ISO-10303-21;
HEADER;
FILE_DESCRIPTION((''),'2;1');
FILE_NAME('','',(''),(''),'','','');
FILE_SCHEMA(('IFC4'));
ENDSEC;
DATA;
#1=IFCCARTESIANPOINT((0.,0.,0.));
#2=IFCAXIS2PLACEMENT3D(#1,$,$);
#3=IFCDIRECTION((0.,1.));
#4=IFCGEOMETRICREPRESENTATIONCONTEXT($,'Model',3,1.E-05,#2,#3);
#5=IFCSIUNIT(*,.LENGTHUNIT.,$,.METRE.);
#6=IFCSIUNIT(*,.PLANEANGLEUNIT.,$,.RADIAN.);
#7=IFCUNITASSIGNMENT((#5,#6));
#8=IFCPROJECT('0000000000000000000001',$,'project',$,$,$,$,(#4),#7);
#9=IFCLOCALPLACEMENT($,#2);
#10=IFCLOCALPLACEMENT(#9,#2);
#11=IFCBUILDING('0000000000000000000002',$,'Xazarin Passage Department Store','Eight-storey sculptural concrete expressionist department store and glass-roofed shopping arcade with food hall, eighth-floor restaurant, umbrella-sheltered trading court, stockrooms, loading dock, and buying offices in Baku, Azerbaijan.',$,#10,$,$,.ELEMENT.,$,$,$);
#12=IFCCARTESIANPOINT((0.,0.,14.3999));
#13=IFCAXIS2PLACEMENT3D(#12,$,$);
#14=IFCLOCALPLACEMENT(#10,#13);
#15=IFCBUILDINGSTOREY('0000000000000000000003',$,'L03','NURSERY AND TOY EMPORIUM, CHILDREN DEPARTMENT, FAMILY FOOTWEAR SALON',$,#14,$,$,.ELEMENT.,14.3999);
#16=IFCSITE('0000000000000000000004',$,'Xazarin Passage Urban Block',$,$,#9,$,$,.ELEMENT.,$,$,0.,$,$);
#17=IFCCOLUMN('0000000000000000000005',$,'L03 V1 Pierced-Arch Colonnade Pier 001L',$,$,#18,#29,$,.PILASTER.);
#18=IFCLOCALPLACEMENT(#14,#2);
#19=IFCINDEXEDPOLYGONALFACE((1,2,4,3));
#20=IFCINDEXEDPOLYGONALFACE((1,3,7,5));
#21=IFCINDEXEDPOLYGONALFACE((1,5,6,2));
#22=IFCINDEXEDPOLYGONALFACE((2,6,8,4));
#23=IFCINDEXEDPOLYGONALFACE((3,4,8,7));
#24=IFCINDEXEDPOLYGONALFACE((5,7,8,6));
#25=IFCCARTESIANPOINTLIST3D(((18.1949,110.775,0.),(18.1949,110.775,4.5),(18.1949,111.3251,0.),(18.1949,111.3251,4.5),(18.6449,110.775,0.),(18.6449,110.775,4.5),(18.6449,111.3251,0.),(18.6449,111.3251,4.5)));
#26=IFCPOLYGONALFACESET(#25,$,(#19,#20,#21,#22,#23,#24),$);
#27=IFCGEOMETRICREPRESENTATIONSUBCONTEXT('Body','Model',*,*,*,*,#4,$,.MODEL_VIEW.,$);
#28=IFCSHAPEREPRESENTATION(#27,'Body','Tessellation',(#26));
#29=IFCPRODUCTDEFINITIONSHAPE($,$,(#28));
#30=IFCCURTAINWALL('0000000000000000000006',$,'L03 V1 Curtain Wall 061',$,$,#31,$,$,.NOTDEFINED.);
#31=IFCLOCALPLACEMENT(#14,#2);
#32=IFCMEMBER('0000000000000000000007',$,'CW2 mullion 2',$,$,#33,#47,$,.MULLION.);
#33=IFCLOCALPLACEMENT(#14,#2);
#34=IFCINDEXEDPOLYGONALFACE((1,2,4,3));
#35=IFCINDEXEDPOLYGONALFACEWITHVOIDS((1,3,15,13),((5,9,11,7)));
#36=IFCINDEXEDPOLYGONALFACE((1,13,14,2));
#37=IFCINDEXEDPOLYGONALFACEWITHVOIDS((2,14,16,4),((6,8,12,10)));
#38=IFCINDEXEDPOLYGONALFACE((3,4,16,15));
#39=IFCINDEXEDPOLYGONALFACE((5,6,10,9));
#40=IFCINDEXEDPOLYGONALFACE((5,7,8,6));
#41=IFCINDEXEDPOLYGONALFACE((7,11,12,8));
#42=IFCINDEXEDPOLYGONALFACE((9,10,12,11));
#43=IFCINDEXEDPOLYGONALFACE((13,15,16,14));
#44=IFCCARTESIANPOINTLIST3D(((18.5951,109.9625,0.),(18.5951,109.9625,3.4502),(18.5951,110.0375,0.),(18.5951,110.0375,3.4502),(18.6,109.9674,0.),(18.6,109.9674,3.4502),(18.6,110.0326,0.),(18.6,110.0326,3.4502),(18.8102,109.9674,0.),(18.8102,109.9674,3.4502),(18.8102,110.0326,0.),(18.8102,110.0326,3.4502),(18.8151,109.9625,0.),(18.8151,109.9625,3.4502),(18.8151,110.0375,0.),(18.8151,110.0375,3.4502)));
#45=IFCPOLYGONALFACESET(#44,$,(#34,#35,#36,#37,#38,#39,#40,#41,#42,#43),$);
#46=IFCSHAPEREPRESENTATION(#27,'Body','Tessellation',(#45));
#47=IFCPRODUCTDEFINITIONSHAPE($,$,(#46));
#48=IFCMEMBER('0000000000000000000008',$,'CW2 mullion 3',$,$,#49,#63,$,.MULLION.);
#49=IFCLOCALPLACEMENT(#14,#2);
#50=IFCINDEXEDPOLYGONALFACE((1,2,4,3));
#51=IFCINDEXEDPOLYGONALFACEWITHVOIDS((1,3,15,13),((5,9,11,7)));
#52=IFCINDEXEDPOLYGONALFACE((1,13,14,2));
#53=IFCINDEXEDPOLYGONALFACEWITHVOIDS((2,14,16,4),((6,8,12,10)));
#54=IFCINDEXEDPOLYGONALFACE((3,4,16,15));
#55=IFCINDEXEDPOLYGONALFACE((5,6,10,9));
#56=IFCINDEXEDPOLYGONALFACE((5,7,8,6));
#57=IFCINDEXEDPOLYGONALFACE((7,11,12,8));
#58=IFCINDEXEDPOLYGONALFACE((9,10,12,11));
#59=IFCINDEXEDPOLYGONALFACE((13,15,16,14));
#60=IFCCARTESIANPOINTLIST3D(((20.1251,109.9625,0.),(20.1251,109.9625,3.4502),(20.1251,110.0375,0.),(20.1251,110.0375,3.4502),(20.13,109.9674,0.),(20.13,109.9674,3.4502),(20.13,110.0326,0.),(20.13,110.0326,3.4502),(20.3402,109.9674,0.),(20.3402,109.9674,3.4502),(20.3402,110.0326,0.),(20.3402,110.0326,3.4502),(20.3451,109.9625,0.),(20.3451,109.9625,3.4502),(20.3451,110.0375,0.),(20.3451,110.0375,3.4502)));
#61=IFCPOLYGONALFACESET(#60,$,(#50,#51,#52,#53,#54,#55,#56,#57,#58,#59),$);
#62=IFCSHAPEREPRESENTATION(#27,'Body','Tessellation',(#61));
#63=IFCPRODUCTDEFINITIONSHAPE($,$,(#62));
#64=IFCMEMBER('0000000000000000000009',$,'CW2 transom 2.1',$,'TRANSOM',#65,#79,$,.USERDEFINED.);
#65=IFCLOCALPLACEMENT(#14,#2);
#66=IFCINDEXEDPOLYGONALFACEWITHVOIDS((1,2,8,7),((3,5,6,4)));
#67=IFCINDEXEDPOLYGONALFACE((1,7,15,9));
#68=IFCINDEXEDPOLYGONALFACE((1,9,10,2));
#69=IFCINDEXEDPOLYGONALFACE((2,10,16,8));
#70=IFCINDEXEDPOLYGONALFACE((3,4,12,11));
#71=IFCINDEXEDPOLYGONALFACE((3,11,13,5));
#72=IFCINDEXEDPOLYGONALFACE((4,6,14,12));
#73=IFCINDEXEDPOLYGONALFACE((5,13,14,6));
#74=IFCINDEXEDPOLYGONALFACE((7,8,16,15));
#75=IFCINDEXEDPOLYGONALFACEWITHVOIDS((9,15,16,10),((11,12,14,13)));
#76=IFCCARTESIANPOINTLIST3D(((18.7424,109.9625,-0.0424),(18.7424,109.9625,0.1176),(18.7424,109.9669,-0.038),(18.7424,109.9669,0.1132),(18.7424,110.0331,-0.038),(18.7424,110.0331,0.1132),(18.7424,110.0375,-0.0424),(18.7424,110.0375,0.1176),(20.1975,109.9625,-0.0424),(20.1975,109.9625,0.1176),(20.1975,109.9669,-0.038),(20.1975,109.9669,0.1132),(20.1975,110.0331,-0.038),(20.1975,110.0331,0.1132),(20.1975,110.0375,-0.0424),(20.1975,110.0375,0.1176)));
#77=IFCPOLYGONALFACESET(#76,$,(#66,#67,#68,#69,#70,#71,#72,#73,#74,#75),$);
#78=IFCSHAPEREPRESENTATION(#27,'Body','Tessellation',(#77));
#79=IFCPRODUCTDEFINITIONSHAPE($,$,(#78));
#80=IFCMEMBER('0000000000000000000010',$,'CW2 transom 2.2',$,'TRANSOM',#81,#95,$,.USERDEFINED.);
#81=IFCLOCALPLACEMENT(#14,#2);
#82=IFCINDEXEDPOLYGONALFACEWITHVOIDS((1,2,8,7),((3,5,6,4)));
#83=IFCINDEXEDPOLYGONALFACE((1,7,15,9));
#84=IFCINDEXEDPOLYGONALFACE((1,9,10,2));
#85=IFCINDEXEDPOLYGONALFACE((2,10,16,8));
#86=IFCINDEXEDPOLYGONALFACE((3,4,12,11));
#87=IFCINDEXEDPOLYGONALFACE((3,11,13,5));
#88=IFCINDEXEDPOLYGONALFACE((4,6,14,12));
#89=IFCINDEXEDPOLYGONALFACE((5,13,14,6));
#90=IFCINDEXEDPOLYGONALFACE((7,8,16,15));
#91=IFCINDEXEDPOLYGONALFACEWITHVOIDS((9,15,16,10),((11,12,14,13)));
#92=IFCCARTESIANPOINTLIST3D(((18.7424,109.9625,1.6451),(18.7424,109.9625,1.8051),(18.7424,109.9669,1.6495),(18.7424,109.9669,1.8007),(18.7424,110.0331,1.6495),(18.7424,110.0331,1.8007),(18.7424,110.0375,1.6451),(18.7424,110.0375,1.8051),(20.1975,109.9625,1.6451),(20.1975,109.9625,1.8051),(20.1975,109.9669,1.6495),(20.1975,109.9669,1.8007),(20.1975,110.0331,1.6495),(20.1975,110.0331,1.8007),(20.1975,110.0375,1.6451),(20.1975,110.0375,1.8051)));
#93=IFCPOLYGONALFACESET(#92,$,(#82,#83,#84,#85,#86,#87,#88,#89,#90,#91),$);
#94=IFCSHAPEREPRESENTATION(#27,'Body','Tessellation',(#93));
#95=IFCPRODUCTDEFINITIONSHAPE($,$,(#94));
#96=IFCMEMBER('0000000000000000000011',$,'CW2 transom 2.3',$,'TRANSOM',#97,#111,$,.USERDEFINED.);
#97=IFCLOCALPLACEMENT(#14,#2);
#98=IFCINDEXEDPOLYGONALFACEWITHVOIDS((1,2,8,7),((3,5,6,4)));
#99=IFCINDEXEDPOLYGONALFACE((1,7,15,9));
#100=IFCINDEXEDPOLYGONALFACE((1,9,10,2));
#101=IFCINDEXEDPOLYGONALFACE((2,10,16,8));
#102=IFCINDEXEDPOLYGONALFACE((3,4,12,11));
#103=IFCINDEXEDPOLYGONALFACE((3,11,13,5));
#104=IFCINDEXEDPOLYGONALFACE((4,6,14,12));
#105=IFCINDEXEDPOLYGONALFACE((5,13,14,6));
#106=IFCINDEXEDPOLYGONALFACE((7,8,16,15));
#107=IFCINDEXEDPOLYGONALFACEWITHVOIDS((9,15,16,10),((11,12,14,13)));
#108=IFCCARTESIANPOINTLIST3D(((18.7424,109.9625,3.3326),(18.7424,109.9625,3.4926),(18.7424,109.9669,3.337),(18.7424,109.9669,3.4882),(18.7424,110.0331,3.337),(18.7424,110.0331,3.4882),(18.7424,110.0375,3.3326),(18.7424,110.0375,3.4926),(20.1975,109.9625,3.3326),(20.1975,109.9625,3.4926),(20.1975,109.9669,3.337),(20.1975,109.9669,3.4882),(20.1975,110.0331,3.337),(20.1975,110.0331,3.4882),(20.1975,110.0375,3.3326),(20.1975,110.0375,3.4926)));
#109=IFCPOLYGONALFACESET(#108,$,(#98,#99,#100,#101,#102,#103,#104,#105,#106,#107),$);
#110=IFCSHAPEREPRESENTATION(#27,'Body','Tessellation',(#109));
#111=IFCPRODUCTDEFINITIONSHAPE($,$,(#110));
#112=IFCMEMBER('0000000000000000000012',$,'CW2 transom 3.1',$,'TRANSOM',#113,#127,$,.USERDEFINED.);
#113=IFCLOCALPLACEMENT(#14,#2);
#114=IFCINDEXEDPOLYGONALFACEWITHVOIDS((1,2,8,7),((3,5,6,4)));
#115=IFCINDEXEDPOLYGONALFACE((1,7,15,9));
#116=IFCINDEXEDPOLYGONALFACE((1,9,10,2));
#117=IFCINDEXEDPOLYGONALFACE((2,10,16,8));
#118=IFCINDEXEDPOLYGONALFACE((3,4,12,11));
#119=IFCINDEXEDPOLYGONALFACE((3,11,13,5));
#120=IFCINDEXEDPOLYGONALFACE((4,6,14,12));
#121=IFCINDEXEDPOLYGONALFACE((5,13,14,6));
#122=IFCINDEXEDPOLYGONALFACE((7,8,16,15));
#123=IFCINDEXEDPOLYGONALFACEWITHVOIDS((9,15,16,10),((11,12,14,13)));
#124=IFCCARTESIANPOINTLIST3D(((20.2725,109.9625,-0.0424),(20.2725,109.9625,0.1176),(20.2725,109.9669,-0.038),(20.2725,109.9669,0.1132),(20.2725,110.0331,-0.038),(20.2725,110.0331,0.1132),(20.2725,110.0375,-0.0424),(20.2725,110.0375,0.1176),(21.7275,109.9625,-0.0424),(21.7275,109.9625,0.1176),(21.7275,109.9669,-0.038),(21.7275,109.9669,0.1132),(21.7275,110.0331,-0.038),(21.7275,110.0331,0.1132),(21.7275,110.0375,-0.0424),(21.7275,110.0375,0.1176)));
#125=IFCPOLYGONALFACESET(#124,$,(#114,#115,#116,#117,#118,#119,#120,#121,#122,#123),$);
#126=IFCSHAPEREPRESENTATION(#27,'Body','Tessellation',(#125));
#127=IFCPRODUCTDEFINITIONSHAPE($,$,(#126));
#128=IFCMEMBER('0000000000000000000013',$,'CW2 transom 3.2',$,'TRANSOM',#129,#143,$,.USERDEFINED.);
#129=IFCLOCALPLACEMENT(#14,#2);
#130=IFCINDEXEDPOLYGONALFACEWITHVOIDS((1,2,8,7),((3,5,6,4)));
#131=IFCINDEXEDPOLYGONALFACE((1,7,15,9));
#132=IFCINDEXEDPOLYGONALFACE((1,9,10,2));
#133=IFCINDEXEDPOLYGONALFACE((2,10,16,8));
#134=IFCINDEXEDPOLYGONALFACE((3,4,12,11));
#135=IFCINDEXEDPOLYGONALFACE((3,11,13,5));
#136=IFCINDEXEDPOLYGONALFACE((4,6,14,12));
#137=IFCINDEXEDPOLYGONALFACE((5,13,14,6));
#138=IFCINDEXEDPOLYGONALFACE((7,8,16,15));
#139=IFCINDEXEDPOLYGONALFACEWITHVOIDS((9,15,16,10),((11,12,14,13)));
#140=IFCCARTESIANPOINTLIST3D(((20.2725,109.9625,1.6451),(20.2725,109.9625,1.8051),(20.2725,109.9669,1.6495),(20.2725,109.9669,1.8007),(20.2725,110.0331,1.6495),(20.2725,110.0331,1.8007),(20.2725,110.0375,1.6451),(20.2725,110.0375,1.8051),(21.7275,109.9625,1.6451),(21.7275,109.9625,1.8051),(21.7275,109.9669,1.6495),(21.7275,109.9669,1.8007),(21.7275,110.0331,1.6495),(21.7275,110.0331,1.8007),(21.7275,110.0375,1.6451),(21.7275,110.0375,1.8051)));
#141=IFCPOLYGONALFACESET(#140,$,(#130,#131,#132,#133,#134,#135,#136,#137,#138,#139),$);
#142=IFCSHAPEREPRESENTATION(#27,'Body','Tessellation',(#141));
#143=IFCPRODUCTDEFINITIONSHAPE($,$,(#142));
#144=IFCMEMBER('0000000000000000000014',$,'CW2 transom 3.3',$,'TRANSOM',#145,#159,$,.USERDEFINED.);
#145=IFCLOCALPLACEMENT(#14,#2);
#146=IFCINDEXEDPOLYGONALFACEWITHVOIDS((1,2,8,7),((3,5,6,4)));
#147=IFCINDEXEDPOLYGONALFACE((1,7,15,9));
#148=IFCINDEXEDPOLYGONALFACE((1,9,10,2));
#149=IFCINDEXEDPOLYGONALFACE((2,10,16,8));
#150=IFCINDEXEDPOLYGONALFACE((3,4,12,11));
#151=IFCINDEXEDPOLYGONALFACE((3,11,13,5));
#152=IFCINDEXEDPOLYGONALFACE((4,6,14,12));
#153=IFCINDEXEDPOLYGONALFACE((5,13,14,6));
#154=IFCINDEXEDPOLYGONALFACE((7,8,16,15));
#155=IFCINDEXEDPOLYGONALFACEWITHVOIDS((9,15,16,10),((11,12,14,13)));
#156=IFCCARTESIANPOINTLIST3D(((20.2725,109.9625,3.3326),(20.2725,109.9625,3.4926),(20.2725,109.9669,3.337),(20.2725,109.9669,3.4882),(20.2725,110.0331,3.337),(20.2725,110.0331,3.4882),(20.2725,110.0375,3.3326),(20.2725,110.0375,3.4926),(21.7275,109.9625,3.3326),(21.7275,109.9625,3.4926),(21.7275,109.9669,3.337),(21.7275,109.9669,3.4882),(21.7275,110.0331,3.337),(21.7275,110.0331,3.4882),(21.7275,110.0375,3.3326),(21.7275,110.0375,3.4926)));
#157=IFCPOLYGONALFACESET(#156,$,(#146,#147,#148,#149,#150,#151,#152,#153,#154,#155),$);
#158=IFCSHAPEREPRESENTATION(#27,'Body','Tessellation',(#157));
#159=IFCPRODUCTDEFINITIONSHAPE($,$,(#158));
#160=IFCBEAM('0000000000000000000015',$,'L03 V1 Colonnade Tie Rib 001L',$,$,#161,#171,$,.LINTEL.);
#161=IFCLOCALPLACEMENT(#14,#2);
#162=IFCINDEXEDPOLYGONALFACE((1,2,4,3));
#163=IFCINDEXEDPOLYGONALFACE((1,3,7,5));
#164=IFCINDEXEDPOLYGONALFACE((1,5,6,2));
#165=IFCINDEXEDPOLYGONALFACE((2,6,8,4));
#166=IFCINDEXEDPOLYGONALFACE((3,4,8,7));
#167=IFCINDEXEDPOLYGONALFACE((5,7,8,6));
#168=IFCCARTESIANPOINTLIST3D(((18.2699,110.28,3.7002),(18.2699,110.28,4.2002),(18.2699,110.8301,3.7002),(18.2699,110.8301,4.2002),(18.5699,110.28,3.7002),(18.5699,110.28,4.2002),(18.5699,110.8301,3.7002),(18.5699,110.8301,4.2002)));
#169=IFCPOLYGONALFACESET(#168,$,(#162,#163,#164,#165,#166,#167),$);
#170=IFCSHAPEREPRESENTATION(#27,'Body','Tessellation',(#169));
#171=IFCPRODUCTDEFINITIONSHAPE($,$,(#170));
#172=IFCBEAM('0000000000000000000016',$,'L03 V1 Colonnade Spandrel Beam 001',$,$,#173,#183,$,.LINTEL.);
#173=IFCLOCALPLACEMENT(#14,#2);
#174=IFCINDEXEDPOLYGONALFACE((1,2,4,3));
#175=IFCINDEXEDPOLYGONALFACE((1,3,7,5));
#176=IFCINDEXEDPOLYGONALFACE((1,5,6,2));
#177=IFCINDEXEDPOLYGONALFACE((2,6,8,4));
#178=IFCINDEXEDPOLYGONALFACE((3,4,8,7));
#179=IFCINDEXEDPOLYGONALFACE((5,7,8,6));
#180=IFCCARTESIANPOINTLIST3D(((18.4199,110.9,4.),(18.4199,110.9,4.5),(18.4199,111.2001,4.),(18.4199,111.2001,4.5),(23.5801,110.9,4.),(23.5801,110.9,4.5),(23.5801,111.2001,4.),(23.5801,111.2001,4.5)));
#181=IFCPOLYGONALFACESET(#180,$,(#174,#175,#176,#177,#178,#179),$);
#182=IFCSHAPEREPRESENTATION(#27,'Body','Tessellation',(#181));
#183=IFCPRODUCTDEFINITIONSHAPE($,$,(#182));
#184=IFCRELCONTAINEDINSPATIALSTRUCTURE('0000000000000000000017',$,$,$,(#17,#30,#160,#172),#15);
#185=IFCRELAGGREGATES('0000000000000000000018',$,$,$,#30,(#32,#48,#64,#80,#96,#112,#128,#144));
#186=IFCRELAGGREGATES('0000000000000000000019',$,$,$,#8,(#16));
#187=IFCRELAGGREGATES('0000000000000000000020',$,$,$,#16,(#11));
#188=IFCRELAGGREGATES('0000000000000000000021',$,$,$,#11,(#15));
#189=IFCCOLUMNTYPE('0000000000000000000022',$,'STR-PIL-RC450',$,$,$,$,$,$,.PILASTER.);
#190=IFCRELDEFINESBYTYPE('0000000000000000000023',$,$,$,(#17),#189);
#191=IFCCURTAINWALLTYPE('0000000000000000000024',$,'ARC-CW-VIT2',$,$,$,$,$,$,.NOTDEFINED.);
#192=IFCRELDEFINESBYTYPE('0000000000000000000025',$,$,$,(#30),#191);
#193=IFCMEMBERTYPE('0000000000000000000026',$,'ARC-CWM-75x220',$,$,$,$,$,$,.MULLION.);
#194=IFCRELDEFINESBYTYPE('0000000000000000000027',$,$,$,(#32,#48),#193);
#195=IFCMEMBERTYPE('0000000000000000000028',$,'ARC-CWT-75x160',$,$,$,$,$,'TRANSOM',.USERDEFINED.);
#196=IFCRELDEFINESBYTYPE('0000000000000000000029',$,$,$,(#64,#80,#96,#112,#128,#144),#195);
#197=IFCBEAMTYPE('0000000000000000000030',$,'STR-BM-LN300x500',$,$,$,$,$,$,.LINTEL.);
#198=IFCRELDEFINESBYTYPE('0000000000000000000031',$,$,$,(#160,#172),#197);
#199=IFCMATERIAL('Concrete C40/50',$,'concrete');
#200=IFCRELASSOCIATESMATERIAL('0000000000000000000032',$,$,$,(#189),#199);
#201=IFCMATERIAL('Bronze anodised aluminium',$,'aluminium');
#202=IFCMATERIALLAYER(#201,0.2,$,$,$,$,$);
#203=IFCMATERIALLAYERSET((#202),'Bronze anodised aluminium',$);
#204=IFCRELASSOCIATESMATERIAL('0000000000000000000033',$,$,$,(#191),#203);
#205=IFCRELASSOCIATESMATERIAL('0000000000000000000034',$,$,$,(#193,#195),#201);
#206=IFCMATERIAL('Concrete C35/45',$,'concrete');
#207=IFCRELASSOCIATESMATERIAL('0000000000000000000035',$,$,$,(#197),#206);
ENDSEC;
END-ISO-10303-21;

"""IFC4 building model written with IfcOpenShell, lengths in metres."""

from ifc_helpers import new_model, si_unit, direction, frame, origin, origin_2d, place, context, subcontext, project, spatial, rectangle, hollow_rectangle, extrude, material, layer, layer_set, material_profile, profile_set, type_object, element, aggregate, save


model = new_model("IFC4")

# Units and contexts
model_context = context("Model", 3, precision=1e-05, world=origin(), true_north=direction((0.0, 1.0)))
body_context = subcontext(model_context, "Body", "Model", "MODEL_VIEW")
ifc_project = project(units=[si_unit("LENGTHUNIT", "METRE"), si_unit("PLANEANGLEUNIT", "RADIAN")], contexts=[model_context])

# Site, building, storey
site_placement = place(None, origin())
site = spatial("IfcSite", under=ifc_project, at=site_placement, Name="Xazarin Passage Urban Block", CompositionType="ELEMENT", RefElevation=0.0)
building_placement = place(site_placement, origin())
building = spatial("IfcBuilding", under=site, at=building_placement, Name="Xazarin Passage Department Store", Description="Eight-storey sculptural concrete expressionist department store and glass-roofed shopping arcade with food hall, eighth-floor restaurant, umbrella-sheltered trading court, stockrooms, loading dock, and buying offices in Baku, Azerbaijan.", CompositionType="ELEMENT")
storey_placement = place(building_placement, frame((0.0, 0.0, 14.3999)))
storey = spatial("IfcBuildingStorey", under=building, at=storey_placement, Name="L03", Description="NURSERY AND TOY EMPORIUM, CHILDREN DEPARTMENT, FAMILY FOOTWEAR SALON", CompositionType="ELEMENT", Elevation=14.3999)

# Column
ifc_material_1 = material(Name="Concrete C40/50", Category="concrete")
ifc_material_profile_1 = material_profile(ifc_material_1, rectangle(XDim=0.45, YDim=0.55, at=origin_2d()), Name="RC 450x550")
ifc_profile_set_1 = profile_set([ifc_material_profile_1], Name="Concrete C40/50")
column_type = type_object("IfcColumnType", Name="STR-PIL-RC450", PredefinedType="PILASTER", material=ifc_profile_set_1)
column_placement = place(storey_placement, frame((18.4199, 111.05, 0.0), z_axis=(0.0, 0.0, 1.0), x_axis=(1.0, 0.0, 0.0)))
element("IfcColumn", 1, at=column_placement, inside=storey, type_object=column_type, Name="L03 V1 Pierced-Arch Colonnade Pier 001L", PredefinedType="PILASTER", context=body_context, shape_type="SweptSolid", body=[
    extrude(rectangle(XDim=0.45, YDim=0.55, at=origin_2d()), origin(), (0.0, 0.0, 1.0), 4.5),
])

# Curtain wall, members
ifc_material_2 = material(Name="Bronze anodised aluminium", Category="aluminium")
ifc_layer_1 = layer(ifc_material_2, 0.2)
ifc_layer_set_1 = layer_set([ifc_layer_1], Name="Bronze anodised aluminium")
curtain_wall_type = type_object("IfcCurtainWallType", Name="ARC-CW-VIT2", PredefinedType="NOTDEFINED", material=ifc_layer_set_1)
curtain_wall_placement = place(storey_placement, origin())
curtain_wall = element("IfcCurtainWall", 2, at=curtain_wall_placement, inside=storey, type_object=curtain_wall_type, Name="L03 V1 Curtain Wall 061", PredefinedType="NOTDEFINED")
ifc_material_profile_2 = material_profile(ifc_material_2, hollow_rectangle(XDim=0.075, YDim=0.22, WallThickness=0.0049, at=origin_2d()), Name="ALU 75x220")
ifc_profile_set_2 = profile_set([ifc_material_profile_2], Name="Bronze anodised aluminium")
member_type_1 = type_object("IfcMemberType", Name="ARC-CWM-75x220", PredefinedType="MULLION", material=ifc_profile_set_2)
member_1_placement = place(storey_placement, frame((18.7051, 110.0, 0.0), z_axis=(0.0, 0.0, 1.0), x_axis=(0.0, 1.0, 0.0)))
member_1 = element("IfcMember", 3, at=member_1_placement, type_object=member_type_1, Name="CW2 mullion 2", PredefinedType="MULLION", context=body_context, shape_type="SweptSolid", body=[
    extrude(hollow_rectangle(XDim=0.075, YDim=0.22, WallThickness=0.0049, at=origin_2d()), origin(), (0.0, 0.0, 1.0), 3.4502),
])
member_2_placement = place(storey_placement, frame((20.2351, 110.0, 0.0), z_axis=(0.0, 0.0, 1.0), x_axis=(0.0, 1.0, 0.0)))
member_2 = element("IfcMember", 4, at=member_2_placement, type_object=member_type_1, Name="CW2 mullion 3", PredefinedType="MULLION", context=body_context, shape_type="SweptSolid", body=[
    extrude(hollow_rectangle(XDim=0.075, YDim=0.22, WallThickness=0.0049, at=origin_2d()), origin(), (0.0, 0.0, 1.0), 3.4502),
])
ifc_material_profile_3 = material_profile(ifc_material_2, hollow_rectangle(XDim=0.075, YDim=0.1599, WallThickness=0.0044, at=origin_2d()), Name="ALU 75x160")
ifc_profile_set_3 = profile_set([ifc_material_profile_3], Name="Bronze anodised aluminium")
member_type_2 = type_object("IfcMemberType", Name="ARC-CWT-75x160", ElementType="TRANSOM", PredefinedType="USERDEFINED", material=ifc_profile_set_3)
member_3_placement = place(storey_placement, frame((18.7424, 110.0, 0.0376), z_axis=(1.0, 0.0, 0.0), x_axis=(0.0, 1.0, 0.0)))
member_3 = element("IfcMember", 5, at=member_3_placement, type_object=member_type_2, Name="CW2 transom 2.1", ObjectType="TRANSOM", PredefinedType="USERDEFINED", context=body_context, shape_type="SweptSolid", body=[
    extrude(hollow_rectangle(XDim=0.075, YDim=0.1599, WallThickness=0.0044, at=origin_2d()), origin(), (0.0, 0.0, 1.0), 1.4551),
])
member_4_placement = place(storey_placement, frame((18.7424, 110.0, 1.7251), z_axis=(1.0, 0.0, 0.0), x_axis=(0.0, 1.0, 0.0)))
member_4 = element("IfcMember", 6, at=member_4_placement, type_object=member_type_2, Name="CW2 transom 2.2", ObjectType="TRANSOM", PredefinedType="USERDEFINED", context=body_context, shape_type="SweptSolid", body=[
    extrude(hollow_rectangle(XDim=0.075, YDim=0.1599, WallThickness=0.0044, at=origin_2d()), origin(), (0.0, 0.0, 1.0), 1.4551),
])
member_5_placement = place(storey_placement, frame((18.7424, 110.0, 3.4126), z_axis=(1.0, 0.0, 0.0), x_axis=(0.0, 1.0, 0.0)))
member_5 = element("IfcMember", 7, at=member_5_placement, type_object=member_type_2, Name="CW2 transom 2.3", ObjectType="TRANSOM", PredefinedType="USERDEFINED", context=body_context, shape_type="SweptSolid", body=[
    extrude(hollow_rectangle(XDim=0.075, YDim=0.1599, WallThickness=0.0044, at=origin_2d()), origin(), (0.0, 0.0, 1.0), 1.4551),
])
member_6_placement = place(storey_placement, frame((20.2725, 110.0, 0.0376), z_axis=(1.0, 0.0, 0.0), x_axis=(0.0, 1.0, 0.0)))
member_6 = element("IfcMember", 8, at=member_6_placement, type_object=member_type_2, Name="CW2 transom 3.1", ObjectType="TRANSOM", PredefinedType="USERDEFINED", context=body_context, shape_type="SweptSolid", body=[
    extrude(hollow_rectangle(XDim=0.075, YDim=0.1599, WallThickness=0.0044, at=origin_2d()), origin(), (0.0, 0.0, 1.0), 1.4551),
])
member_7_placement = place(storey_placement, frame((20.2725, 110.0, 1.7251), z_axis=(1.0, 0.0, 0.0), x_axis=(0.0, 1.0, 0.0)))
member_7 = element("IfcMember", 9, at=member_7_placement, type_object=member_type_2, Name="CW2 transom 3.2", ObjectType="TRANSOM", PredefinedType="USERDEFINED", context=body_context, shape_type="SweptSolid", body=[
    extrude(hollow_rectangle(XDim=0.075, YDim=0.1599, WallThickness=0.0044, at=origin_2d()), origin(), (0.0, 0.0, 1.0), 1.4551),
])
member_8_placement = place(storey_placement, frame((20.2725, 110.0, 3.4126), z_axis=(1.0, 0.0, 0.0), x_axis=(0.0, 1.0, 0.0)))
member_8 = element("IfcMember", 10, at=member_8_placement, type_object=member_type_2, Name="CW2 transom 3.3", ObjectType="TRANSOM", PredefinedType="USERDEFINED", context=body_context, shape_type="SweptSolid", body=[
    extrude(hollow_rectangle(XDim=0.075, YDim=0.1599, WallThickness=0.0044, at=origin_2d()), origin(), (0.0, 0.0, 1.0), 1.4551),
])

# Beams
ifc_material_3 = material(Name="Concrete C35/45", Category="concrete")
ifc_material_profile_4 = material_profile(ifc_material_3, rectangle(XDim=0.3, YDim=0.5, at=origin_2d()), Name="RC 300x500")
ifc_profile_set_4 = profile_set([ifc_material_profile_4], Name="Concrete C35/45")
beam_type = type_object("IfcBeamType", Name="STR-BM-LN300x500", PredefinedType="LINTEL", material=ifc_profile_set_4)
beam_1_placement = place(storey_placement, frame((18.4199, 110.28, 3.9502), z_axis=(0.0, 1.0, 0.0), x_axis=(-1.0, 0.0, 0.0)))
element("IfcBeam", 11, at=beam_1_placement, inside=storey, type_object=beam_type, Name="L03 V1 Colonnade Tie Rib 001L", PredefinedType="LINTEL", context=body_context, shape_type="SweptSolid", body=[
    extrude(rectangle(XDim=0.3, YDim=0.5, at=origin_2d()), origin(), (0.0, 0.0, 1.0), 0.55),
])
beam_2_placement = place(storey_placement, frame((18.4199, 111.05, 4.25), z_axis=(1.0, 0.0, 0.0), x_axis=(0.0, 1.0, 0.0)))
element("IfcBeam", 12, at=beam_2_placement, inside=storey, type_object=beam_type, Name="L03 V1 Colonnade Spandrel Beam 001", PredefinedType="LINTEL", context=body_context, shape_type="SweptSolid", body=[
    extrude(rectangle(XDim=0.3, YDim=0.5, at=origin_2d()), origin(), (0.0, 0.0, 1.0), 5.1602),
])

aggregate(curtain_wall, [member_1, member_2, member_3, member_4, member_5, member_6, member_7, member_8])

save(model, "model.ifc")
